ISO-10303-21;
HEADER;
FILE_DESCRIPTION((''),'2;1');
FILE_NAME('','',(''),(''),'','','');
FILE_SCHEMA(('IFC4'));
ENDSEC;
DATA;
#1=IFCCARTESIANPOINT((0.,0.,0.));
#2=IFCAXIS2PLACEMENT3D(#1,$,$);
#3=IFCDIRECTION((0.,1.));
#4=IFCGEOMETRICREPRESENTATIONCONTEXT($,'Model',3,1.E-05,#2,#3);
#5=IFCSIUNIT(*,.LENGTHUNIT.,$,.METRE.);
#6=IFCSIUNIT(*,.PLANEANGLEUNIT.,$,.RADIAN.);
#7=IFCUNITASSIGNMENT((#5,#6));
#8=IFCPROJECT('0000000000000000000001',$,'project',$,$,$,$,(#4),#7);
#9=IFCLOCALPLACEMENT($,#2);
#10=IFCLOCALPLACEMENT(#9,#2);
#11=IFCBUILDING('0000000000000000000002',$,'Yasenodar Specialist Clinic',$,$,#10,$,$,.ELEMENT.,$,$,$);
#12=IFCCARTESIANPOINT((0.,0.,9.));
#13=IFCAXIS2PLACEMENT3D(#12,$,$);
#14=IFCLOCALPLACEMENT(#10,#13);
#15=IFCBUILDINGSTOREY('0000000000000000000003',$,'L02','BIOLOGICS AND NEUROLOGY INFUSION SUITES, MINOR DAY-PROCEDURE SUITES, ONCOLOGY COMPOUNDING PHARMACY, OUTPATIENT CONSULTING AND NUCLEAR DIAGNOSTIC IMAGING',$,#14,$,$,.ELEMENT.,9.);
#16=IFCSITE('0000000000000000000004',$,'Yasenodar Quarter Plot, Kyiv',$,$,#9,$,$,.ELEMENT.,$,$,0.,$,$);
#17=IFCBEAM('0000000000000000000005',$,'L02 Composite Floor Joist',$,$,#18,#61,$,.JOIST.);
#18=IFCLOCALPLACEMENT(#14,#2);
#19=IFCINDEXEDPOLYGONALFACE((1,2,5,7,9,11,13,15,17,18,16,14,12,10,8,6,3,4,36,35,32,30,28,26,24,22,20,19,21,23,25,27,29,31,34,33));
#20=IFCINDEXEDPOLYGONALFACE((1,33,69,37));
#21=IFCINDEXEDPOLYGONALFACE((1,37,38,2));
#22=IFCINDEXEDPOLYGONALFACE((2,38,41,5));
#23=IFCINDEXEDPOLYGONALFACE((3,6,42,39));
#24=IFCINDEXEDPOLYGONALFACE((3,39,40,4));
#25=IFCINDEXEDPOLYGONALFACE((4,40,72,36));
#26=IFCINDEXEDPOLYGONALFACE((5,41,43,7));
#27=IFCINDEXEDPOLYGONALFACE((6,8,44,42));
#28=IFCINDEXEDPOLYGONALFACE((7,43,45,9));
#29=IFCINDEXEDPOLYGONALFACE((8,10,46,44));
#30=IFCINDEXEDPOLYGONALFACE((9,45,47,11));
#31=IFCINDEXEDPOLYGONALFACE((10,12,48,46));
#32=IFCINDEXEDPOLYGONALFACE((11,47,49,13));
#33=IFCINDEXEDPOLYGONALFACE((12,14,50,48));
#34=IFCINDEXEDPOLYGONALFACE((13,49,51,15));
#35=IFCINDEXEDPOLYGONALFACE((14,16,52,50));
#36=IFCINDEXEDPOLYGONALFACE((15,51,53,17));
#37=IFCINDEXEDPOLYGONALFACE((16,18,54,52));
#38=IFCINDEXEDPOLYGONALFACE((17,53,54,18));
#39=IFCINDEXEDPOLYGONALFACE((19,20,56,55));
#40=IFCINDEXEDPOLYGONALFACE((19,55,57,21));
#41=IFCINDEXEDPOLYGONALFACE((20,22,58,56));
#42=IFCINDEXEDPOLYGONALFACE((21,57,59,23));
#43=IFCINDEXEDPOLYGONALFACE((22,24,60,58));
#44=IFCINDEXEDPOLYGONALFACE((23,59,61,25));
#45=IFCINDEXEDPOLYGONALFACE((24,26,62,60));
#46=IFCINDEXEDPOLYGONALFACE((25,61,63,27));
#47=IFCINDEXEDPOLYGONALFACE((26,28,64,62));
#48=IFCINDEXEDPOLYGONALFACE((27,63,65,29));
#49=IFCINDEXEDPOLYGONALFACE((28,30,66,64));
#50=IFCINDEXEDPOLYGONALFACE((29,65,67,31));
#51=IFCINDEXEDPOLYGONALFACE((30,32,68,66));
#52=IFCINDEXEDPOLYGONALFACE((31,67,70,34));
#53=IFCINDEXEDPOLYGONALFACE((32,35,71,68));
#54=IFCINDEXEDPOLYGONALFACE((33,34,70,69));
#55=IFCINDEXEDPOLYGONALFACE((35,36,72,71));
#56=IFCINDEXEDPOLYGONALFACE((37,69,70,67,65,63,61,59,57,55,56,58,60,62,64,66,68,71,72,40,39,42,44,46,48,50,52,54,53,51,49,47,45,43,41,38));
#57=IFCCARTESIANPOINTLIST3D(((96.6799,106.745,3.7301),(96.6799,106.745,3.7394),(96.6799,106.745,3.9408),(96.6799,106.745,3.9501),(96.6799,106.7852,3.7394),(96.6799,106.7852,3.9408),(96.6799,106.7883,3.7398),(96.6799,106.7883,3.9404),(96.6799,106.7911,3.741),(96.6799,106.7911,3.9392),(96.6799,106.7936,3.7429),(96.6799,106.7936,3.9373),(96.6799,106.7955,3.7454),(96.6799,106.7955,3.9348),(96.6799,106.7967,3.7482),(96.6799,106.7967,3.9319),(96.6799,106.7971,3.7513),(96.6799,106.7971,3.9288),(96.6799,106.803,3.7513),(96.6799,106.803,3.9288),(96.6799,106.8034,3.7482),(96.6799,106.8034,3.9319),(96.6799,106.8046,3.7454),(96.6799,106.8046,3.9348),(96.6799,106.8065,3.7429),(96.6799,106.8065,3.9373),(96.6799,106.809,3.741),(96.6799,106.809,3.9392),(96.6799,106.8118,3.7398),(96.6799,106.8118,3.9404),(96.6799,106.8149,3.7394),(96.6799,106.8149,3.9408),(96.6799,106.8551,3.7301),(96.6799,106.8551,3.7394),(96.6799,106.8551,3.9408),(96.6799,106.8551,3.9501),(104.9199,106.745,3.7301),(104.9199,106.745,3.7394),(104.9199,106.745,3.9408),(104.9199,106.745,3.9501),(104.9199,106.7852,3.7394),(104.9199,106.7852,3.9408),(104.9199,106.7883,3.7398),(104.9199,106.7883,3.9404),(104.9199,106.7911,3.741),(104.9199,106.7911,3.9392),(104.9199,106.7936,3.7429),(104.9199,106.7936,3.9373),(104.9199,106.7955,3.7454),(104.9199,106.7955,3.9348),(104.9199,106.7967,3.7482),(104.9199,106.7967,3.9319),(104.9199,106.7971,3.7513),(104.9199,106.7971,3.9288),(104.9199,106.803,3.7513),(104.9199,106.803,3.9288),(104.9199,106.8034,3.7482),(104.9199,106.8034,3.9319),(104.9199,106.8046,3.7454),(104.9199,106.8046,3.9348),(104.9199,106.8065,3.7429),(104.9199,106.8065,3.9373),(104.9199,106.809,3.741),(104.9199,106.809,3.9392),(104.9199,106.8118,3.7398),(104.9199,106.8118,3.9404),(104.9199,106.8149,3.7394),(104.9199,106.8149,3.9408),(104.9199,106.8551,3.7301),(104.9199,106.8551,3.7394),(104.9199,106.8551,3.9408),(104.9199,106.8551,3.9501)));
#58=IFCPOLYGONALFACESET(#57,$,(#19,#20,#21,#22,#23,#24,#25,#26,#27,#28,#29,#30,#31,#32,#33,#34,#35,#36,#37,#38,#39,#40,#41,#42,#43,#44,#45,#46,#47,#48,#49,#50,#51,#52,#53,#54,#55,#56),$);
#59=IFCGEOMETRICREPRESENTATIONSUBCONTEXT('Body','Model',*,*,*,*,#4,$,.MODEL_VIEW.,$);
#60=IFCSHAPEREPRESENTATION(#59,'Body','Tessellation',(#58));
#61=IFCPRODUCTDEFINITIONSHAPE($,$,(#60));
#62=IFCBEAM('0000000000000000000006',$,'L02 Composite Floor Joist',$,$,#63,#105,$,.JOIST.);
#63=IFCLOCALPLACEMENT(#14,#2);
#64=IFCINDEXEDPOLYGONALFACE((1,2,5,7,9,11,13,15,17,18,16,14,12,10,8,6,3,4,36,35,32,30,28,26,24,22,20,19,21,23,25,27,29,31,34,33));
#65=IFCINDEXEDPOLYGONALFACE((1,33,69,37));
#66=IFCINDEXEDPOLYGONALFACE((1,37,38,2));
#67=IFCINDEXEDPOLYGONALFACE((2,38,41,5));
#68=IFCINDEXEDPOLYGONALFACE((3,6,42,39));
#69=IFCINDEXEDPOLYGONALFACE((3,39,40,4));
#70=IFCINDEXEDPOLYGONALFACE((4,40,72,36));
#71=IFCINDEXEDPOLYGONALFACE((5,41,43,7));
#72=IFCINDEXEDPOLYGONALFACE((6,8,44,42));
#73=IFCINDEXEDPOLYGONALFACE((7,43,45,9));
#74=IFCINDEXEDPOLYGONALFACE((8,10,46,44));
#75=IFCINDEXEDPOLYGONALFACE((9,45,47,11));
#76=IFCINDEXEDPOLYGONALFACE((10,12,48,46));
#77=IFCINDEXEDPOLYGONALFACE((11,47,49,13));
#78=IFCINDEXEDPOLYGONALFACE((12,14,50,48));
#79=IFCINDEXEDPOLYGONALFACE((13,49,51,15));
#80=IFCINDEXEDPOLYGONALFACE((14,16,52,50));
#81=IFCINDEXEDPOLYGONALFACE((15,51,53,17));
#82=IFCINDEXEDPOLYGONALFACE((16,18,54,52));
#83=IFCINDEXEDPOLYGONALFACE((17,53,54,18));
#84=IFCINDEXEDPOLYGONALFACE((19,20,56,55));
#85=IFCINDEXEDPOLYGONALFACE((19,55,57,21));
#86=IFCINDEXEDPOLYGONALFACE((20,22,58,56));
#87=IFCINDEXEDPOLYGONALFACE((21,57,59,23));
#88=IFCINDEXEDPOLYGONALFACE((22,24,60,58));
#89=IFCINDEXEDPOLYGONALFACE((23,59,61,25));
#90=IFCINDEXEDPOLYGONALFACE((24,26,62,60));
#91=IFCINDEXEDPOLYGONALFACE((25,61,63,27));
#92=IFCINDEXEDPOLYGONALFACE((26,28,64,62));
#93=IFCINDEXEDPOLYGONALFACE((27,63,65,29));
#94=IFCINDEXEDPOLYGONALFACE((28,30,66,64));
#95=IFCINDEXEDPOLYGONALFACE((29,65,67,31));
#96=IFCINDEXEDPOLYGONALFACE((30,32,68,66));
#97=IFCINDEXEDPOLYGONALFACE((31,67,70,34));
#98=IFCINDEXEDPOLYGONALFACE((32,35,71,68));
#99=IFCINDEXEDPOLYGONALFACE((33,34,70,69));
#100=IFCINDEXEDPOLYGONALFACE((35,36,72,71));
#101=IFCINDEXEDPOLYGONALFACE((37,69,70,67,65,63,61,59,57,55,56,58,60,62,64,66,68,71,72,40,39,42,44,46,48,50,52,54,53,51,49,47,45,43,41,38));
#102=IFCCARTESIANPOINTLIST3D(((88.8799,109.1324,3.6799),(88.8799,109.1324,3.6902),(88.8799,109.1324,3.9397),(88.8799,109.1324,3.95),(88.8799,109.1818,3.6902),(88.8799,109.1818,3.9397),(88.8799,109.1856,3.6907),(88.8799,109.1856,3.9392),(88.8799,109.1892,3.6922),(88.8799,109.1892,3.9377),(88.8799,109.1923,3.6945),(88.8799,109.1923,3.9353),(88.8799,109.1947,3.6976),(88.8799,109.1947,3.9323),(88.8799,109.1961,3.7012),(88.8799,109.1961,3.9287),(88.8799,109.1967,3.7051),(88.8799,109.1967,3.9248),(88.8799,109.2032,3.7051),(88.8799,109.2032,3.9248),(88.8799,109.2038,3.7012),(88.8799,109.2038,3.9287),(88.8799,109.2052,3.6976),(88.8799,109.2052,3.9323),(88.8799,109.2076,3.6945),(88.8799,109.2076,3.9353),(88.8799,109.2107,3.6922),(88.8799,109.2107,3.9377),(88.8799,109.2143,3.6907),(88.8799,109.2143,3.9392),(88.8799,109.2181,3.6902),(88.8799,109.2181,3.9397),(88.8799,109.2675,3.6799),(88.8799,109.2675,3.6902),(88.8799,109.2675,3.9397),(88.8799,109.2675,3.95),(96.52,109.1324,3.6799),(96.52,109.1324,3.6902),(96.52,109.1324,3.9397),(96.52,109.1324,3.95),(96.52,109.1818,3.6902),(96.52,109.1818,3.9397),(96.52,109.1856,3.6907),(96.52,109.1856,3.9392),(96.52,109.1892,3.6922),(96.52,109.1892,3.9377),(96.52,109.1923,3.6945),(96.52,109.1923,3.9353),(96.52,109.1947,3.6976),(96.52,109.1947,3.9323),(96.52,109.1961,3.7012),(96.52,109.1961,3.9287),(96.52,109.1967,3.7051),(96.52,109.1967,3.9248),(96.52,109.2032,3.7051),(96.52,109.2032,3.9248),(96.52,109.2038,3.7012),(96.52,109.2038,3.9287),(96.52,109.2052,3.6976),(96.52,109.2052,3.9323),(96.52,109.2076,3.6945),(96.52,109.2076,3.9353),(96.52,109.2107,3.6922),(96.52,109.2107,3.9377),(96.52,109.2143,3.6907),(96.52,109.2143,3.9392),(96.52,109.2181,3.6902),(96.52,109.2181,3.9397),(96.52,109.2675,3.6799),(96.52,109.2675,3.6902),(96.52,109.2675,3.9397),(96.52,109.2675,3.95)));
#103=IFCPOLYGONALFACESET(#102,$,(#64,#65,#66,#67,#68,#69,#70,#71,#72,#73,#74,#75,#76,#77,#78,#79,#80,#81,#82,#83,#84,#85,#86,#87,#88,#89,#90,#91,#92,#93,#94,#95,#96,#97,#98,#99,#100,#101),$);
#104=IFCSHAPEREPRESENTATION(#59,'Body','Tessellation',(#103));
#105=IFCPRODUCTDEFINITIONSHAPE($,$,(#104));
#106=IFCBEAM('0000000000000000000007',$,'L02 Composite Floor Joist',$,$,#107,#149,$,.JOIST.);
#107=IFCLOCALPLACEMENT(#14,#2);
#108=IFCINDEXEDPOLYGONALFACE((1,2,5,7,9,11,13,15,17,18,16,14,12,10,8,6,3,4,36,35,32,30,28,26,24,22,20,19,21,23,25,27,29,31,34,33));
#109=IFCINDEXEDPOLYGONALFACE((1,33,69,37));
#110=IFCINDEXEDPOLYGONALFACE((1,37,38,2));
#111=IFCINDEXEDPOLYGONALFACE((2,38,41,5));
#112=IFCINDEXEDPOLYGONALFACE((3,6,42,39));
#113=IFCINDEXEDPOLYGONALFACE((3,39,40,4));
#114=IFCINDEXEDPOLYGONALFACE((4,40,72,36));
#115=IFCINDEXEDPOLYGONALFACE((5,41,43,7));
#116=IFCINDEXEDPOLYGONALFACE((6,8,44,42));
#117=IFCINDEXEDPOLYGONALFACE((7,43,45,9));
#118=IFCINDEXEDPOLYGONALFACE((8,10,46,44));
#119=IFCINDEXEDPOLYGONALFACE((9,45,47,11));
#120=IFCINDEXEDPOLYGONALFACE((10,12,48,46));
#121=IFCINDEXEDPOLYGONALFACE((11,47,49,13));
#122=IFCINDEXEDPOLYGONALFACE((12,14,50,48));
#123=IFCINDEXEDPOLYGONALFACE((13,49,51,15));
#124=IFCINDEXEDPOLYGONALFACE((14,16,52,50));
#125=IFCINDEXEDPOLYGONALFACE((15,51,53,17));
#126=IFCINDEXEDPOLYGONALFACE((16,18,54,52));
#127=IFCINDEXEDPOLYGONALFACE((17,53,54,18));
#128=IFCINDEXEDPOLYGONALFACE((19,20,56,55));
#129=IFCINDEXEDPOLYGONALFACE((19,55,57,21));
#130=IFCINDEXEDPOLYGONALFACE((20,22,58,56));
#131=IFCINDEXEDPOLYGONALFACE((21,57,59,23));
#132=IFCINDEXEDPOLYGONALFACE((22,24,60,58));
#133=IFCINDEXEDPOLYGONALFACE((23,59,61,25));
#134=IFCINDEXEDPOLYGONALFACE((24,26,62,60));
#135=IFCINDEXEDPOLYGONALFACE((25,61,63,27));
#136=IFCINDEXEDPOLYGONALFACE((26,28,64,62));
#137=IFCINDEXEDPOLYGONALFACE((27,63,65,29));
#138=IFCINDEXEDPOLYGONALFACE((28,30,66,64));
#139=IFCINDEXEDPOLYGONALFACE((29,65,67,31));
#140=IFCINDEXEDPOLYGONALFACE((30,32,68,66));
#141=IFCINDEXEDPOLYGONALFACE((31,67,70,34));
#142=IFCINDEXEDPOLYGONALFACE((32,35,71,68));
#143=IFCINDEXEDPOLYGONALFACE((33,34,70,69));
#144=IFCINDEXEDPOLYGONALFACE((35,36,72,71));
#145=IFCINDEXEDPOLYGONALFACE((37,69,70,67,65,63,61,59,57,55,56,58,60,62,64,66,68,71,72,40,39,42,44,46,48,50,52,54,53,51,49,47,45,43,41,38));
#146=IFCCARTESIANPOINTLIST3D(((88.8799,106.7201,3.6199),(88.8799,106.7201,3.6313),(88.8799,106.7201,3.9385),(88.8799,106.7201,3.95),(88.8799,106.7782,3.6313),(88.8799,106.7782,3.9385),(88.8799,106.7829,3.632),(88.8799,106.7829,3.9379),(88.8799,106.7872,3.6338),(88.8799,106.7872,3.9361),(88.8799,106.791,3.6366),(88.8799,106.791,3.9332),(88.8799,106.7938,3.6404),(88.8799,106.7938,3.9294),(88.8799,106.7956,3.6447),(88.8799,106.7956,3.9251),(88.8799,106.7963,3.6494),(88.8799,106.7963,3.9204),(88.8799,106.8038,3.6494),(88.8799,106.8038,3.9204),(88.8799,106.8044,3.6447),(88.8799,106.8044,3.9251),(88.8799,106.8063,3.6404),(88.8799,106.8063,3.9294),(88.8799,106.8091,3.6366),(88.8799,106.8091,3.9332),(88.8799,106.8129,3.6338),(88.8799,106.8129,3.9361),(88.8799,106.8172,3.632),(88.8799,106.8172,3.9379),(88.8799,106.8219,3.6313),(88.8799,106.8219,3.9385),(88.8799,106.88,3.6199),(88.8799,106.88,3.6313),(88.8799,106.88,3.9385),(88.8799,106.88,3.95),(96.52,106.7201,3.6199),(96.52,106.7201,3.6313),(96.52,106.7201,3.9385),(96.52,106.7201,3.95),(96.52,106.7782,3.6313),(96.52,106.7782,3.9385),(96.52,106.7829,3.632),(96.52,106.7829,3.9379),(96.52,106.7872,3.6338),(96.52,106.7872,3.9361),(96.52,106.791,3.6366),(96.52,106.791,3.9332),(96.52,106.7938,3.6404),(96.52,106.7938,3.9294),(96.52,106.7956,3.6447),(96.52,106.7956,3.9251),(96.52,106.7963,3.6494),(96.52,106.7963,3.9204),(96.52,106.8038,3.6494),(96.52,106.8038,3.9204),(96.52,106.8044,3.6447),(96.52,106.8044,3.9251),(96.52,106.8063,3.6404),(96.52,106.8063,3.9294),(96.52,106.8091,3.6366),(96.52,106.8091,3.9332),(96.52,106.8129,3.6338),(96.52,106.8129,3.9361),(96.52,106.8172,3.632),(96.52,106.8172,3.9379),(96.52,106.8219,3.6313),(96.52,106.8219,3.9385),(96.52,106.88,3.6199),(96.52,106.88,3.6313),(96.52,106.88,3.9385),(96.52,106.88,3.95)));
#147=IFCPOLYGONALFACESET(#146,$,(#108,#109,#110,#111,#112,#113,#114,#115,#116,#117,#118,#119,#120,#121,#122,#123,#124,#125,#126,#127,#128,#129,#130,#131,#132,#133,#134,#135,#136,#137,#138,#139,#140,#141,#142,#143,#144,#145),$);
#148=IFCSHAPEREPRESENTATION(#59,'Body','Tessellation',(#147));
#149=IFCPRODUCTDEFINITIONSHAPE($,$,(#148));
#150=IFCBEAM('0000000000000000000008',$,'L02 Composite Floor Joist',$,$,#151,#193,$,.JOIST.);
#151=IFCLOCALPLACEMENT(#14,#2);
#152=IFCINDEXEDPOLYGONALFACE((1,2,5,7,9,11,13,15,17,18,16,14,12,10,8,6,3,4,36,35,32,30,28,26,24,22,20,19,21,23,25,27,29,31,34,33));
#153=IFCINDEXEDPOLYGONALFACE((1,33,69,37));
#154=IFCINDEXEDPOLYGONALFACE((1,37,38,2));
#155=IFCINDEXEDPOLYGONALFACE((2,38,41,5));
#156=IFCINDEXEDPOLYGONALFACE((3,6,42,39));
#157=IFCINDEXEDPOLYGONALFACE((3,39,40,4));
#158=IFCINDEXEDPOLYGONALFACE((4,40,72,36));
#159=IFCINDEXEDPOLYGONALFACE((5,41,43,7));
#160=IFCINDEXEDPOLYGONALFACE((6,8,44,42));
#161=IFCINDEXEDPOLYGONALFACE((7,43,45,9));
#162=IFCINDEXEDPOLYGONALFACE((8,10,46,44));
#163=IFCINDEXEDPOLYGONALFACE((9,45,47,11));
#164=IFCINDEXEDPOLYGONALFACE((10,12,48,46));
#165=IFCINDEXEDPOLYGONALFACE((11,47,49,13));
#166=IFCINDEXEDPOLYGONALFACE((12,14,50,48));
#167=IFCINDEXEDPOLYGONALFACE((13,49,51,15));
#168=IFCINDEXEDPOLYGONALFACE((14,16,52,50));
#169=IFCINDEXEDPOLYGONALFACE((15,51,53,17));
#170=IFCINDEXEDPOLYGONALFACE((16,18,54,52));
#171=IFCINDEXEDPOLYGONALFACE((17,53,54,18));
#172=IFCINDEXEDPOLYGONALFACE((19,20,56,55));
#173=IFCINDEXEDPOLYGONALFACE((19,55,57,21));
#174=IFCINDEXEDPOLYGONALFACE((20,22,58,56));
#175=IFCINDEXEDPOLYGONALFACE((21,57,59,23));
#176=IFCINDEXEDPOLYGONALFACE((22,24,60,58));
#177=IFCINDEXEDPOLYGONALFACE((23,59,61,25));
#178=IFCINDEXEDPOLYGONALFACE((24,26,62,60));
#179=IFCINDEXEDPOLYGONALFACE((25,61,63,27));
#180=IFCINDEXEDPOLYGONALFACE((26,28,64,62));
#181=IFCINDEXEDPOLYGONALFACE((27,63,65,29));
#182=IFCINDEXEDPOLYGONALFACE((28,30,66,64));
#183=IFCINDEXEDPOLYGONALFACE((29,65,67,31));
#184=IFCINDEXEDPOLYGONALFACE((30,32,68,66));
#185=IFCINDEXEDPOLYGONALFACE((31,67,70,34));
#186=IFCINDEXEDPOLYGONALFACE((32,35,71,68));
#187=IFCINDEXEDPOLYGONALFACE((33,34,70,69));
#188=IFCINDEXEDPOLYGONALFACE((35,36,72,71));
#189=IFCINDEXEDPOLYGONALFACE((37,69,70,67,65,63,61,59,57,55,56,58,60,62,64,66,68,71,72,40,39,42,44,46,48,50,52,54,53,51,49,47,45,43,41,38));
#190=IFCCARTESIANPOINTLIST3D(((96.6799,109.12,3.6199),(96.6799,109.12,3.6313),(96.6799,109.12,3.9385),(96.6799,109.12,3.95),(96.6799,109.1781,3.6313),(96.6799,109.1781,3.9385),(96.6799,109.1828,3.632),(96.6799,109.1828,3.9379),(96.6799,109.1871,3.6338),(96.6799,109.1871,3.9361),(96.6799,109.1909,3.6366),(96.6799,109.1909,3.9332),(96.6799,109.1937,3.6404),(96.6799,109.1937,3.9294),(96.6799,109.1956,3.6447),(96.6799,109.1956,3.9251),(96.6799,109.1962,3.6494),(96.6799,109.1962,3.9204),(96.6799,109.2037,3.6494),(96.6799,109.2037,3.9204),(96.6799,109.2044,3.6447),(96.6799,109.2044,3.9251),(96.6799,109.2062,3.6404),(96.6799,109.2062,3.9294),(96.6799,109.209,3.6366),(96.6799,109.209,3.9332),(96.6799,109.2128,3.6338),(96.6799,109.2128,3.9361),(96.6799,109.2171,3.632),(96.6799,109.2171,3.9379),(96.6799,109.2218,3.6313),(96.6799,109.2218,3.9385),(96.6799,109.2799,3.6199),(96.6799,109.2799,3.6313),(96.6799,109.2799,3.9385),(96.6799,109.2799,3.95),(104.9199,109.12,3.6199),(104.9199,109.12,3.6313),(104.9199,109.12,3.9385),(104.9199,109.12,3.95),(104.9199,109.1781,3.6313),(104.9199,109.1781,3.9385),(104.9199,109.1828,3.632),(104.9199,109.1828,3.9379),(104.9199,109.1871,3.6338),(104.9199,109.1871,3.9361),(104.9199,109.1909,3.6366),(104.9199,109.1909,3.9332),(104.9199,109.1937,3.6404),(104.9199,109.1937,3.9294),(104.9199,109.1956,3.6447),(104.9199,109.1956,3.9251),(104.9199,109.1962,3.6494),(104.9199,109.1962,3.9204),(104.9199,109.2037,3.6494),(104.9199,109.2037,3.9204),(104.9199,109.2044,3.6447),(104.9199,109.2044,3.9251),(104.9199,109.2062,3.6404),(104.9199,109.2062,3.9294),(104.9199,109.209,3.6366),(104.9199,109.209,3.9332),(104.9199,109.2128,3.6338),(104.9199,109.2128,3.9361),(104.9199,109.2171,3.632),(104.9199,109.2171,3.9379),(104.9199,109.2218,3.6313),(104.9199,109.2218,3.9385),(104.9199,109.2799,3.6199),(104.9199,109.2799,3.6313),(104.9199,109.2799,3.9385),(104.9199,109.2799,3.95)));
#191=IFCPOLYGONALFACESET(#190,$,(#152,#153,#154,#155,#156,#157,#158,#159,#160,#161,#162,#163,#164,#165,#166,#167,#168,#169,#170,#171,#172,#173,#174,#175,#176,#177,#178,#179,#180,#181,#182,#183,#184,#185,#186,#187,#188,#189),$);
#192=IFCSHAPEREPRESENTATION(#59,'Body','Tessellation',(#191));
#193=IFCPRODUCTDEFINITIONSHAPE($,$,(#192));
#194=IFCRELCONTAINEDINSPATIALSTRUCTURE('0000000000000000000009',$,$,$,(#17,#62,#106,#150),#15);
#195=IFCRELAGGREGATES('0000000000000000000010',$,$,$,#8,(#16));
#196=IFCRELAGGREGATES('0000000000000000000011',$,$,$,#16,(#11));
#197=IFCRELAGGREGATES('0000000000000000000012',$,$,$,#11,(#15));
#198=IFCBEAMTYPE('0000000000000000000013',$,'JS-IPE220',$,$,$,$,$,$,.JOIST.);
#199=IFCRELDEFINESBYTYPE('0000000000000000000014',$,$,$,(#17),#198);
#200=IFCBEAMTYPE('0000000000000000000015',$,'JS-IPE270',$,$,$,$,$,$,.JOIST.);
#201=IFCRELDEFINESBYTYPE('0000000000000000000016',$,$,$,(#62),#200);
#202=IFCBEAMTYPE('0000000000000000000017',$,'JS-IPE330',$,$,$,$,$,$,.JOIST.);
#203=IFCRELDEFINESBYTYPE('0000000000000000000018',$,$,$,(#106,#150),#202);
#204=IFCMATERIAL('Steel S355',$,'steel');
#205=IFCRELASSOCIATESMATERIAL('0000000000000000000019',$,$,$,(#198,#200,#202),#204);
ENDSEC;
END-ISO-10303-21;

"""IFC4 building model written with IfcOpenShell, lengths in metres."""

from ifc_helpers import new_model, si_unit, direction, frame, origin, origin_2d, place, context, subcontext, project, spatial, i_section, extrude, material, material_profile, profile_set, type_object, element, save


model = new_model("IFC4")

# Units and contexts
model_context = context("Model", 3, precision=1e-05, world=origin(), true_north=direction((0.0, 1.0)))
body_context = subcontext(model_context, "Body", "Model", "MODEL_VIEW")
ifc_project = project(units=[si_unit("LENGTHUNIT", "METRE"), si_unit("PLANEANGLEUNIT", "RADIAN")], contexts=[model_context])

# Site, building, storey
site_placement = place(None, origin())
site = spatial("IfcSite", under=ifc_project, at=site_placement, Name="Yasenodar Quarter Plot, Kyiv", CompositionType="ELEMENT", RefElevation=0.0)
building_placement = place(site_placement, origin())
building = spatial("IfcBuilding", under=site, at=building_placement, Name="Yasenodar Specialist Clinic", CompositionType="ELEMENT")
storey_placement = place(building_placement, frame((0.0, 0.0, 9.0)))
storey = spatial("IfcBuildingStorey", under=building, at=storey_placement, Name="L02", Description="BIOLOGICS AND NEUROLOGY INFUSION SUITES, MINOR DAY-PROCEDURE SUITES, ONCOLOGY COMPOUNDING PHARMACY, OUTPATIENT CONSULTING AND NUCLEAR DIAGNOSTIC IMAGING", CompositionType="ELEMENT", Elevation=9.0)

# Shared definitions
ifc_material_1 = material(Name="Steel S355", Category="steel")

# Beams
ifc_material_profile_1 = material_profile(ifc_material_1, i_section(OverallWidth=0.1101, OverallDepth=0.22, WebThickness=0.0059, FlangeThickness=0.0093, FilletRadius=0.012, at=origin_2d()), Name="IPE 220")
ifc_profile_set_1 = profile_set([ifc_material_profile_1], Name="Steel S355")
beam_type_1 = type_object("IfcBeamType", Name="JS-IPE220", PredefinedType="JOIST", material=ifc_profile_set_1)
beam_1_placement = place(storey_placement, frame((96.6799, 106.8, 3.8401), z_axis=(1.0, 0.0, 0.0), x_axis=(0.0, 1.0, 0.0)))
element("IfcBeam", 1, at=beam_1_placement, inside=storey, type_object=beam_type_1, Name="L02 Composite Floor Joist", PredefinedType="JOIST", context=body_context, shape_type="SweptSolid", body=[
    extrude(i_section(OverallWidth=0.1101, OverallDepth=0.22, WebThickness=0.0059, FlangeThickness=0.0093, FilletRadius=0.012, at=origin_2d()), origin(), (0.0, 0.0, 1.0), 8.24),
])
ifc_material_profile_2 = material_profile(ifc_material_1, i_section(OverallWidth=0.135, OverallDepth=0.27, WebThickness=0.0066, FlangeThickness=0.0103, FilletRadius=0.0149, at=origin_2d()), Name="IPE 270")
ifc_profile_set_2 = profile_set([ifc_material_profile_2], Name="Steel S355")
beam_type_2 = type_object("IfcBeamType", Name="JS-IPE270", PredefinedType="JOIST", material=ifc_profile_set_2)
beam_2_placement = place(storey_placement, frame((88.8799, 109.2, 3.8149), z_axis=(1.0, 0.0, 0.0), x_axis=(0.0, 1.0, 0.0)))
element("IfcBeam", 2, at=beam_2_placement, inside=storey, type_object=beam_type_2, Name="L02 Composite Floor Joist", PredefinedType="JOIST", context=body_context, shape_type="SweptSolid", body=[
    extrude(i_section(OverallWidth=0.135, OverallDepth=0.27, WebThickness=0.0066, FlangeThickness=0.0103, FilletRadius=0.0149, at=origin_2d()), origin(), (0.0, 0.0, 1.0), 7.6401),
])
ifc_material_profile_3 = material_profile(ifc_material_1, i_section(OverallWidth=0.1599, OverallDepth=0.3301, WebThickness=0.0076, FlangeThickness=0.0115, FilletRadius=0.0181, at=origin_2d()), Name="IPE 330")
ifc_profile_set_3 = profile_set([ifc_material_profile_3], Name="Steel S355")
beam_type_3 = type_object("IfcBeamType", Name="JS-IPE330", PredefinedType="JOIST", material=ifc_profile_set_3)
beam_3_placement = place(storey_placement, frame((88.8799, 106.8, 3.7849), z_axis=(1.0, 0.0, 0.0), x_axis=(0.0, 1.0, 0.0)))
element("IfcBeam", 3, at=beam_3_placement, inside=storey, type_object=beam_type_3, Name="L02 Composite Floor Joist", PredefinedType="JOIST", context=body_context, shape_type="SweptSolid", body=[
    extrude(i_section(OverallWidth=0.1599, OverallDepth=0.3301, WebThickness=0.0076, FlangeThickness=0.0115, FilletRadius=0.0181, at=origin_2d()), origin(), (0.0, 0.0, 1.0), 7.6401),
])
beam_4_placement = place(storey_placement, frame((96.6799, 109.2, 3.7849), z_axis=(1.0, 0.0, 0.0), x_axis=(0.0, 1.0, 0.0)))
element("IfcBeam", 4, at=beam_4_placement, inside=storey, type_object=beam_type_3, Name="L02 Composite Floor Joist", PredefinedType="JOIST", context=body_context, shape_type="SweptSolid", body=[
    extrude(i_section(OverallWidth=0.1599, OverallDepth=0.3301, WebThickness=0.0076, FlangeThickness=0.0115, FilletRadius=0.0181, at=origin_2d()), origin(), (0.0, 0.0, 1.0), 8.24),
])

save(model, "model.ifc")
